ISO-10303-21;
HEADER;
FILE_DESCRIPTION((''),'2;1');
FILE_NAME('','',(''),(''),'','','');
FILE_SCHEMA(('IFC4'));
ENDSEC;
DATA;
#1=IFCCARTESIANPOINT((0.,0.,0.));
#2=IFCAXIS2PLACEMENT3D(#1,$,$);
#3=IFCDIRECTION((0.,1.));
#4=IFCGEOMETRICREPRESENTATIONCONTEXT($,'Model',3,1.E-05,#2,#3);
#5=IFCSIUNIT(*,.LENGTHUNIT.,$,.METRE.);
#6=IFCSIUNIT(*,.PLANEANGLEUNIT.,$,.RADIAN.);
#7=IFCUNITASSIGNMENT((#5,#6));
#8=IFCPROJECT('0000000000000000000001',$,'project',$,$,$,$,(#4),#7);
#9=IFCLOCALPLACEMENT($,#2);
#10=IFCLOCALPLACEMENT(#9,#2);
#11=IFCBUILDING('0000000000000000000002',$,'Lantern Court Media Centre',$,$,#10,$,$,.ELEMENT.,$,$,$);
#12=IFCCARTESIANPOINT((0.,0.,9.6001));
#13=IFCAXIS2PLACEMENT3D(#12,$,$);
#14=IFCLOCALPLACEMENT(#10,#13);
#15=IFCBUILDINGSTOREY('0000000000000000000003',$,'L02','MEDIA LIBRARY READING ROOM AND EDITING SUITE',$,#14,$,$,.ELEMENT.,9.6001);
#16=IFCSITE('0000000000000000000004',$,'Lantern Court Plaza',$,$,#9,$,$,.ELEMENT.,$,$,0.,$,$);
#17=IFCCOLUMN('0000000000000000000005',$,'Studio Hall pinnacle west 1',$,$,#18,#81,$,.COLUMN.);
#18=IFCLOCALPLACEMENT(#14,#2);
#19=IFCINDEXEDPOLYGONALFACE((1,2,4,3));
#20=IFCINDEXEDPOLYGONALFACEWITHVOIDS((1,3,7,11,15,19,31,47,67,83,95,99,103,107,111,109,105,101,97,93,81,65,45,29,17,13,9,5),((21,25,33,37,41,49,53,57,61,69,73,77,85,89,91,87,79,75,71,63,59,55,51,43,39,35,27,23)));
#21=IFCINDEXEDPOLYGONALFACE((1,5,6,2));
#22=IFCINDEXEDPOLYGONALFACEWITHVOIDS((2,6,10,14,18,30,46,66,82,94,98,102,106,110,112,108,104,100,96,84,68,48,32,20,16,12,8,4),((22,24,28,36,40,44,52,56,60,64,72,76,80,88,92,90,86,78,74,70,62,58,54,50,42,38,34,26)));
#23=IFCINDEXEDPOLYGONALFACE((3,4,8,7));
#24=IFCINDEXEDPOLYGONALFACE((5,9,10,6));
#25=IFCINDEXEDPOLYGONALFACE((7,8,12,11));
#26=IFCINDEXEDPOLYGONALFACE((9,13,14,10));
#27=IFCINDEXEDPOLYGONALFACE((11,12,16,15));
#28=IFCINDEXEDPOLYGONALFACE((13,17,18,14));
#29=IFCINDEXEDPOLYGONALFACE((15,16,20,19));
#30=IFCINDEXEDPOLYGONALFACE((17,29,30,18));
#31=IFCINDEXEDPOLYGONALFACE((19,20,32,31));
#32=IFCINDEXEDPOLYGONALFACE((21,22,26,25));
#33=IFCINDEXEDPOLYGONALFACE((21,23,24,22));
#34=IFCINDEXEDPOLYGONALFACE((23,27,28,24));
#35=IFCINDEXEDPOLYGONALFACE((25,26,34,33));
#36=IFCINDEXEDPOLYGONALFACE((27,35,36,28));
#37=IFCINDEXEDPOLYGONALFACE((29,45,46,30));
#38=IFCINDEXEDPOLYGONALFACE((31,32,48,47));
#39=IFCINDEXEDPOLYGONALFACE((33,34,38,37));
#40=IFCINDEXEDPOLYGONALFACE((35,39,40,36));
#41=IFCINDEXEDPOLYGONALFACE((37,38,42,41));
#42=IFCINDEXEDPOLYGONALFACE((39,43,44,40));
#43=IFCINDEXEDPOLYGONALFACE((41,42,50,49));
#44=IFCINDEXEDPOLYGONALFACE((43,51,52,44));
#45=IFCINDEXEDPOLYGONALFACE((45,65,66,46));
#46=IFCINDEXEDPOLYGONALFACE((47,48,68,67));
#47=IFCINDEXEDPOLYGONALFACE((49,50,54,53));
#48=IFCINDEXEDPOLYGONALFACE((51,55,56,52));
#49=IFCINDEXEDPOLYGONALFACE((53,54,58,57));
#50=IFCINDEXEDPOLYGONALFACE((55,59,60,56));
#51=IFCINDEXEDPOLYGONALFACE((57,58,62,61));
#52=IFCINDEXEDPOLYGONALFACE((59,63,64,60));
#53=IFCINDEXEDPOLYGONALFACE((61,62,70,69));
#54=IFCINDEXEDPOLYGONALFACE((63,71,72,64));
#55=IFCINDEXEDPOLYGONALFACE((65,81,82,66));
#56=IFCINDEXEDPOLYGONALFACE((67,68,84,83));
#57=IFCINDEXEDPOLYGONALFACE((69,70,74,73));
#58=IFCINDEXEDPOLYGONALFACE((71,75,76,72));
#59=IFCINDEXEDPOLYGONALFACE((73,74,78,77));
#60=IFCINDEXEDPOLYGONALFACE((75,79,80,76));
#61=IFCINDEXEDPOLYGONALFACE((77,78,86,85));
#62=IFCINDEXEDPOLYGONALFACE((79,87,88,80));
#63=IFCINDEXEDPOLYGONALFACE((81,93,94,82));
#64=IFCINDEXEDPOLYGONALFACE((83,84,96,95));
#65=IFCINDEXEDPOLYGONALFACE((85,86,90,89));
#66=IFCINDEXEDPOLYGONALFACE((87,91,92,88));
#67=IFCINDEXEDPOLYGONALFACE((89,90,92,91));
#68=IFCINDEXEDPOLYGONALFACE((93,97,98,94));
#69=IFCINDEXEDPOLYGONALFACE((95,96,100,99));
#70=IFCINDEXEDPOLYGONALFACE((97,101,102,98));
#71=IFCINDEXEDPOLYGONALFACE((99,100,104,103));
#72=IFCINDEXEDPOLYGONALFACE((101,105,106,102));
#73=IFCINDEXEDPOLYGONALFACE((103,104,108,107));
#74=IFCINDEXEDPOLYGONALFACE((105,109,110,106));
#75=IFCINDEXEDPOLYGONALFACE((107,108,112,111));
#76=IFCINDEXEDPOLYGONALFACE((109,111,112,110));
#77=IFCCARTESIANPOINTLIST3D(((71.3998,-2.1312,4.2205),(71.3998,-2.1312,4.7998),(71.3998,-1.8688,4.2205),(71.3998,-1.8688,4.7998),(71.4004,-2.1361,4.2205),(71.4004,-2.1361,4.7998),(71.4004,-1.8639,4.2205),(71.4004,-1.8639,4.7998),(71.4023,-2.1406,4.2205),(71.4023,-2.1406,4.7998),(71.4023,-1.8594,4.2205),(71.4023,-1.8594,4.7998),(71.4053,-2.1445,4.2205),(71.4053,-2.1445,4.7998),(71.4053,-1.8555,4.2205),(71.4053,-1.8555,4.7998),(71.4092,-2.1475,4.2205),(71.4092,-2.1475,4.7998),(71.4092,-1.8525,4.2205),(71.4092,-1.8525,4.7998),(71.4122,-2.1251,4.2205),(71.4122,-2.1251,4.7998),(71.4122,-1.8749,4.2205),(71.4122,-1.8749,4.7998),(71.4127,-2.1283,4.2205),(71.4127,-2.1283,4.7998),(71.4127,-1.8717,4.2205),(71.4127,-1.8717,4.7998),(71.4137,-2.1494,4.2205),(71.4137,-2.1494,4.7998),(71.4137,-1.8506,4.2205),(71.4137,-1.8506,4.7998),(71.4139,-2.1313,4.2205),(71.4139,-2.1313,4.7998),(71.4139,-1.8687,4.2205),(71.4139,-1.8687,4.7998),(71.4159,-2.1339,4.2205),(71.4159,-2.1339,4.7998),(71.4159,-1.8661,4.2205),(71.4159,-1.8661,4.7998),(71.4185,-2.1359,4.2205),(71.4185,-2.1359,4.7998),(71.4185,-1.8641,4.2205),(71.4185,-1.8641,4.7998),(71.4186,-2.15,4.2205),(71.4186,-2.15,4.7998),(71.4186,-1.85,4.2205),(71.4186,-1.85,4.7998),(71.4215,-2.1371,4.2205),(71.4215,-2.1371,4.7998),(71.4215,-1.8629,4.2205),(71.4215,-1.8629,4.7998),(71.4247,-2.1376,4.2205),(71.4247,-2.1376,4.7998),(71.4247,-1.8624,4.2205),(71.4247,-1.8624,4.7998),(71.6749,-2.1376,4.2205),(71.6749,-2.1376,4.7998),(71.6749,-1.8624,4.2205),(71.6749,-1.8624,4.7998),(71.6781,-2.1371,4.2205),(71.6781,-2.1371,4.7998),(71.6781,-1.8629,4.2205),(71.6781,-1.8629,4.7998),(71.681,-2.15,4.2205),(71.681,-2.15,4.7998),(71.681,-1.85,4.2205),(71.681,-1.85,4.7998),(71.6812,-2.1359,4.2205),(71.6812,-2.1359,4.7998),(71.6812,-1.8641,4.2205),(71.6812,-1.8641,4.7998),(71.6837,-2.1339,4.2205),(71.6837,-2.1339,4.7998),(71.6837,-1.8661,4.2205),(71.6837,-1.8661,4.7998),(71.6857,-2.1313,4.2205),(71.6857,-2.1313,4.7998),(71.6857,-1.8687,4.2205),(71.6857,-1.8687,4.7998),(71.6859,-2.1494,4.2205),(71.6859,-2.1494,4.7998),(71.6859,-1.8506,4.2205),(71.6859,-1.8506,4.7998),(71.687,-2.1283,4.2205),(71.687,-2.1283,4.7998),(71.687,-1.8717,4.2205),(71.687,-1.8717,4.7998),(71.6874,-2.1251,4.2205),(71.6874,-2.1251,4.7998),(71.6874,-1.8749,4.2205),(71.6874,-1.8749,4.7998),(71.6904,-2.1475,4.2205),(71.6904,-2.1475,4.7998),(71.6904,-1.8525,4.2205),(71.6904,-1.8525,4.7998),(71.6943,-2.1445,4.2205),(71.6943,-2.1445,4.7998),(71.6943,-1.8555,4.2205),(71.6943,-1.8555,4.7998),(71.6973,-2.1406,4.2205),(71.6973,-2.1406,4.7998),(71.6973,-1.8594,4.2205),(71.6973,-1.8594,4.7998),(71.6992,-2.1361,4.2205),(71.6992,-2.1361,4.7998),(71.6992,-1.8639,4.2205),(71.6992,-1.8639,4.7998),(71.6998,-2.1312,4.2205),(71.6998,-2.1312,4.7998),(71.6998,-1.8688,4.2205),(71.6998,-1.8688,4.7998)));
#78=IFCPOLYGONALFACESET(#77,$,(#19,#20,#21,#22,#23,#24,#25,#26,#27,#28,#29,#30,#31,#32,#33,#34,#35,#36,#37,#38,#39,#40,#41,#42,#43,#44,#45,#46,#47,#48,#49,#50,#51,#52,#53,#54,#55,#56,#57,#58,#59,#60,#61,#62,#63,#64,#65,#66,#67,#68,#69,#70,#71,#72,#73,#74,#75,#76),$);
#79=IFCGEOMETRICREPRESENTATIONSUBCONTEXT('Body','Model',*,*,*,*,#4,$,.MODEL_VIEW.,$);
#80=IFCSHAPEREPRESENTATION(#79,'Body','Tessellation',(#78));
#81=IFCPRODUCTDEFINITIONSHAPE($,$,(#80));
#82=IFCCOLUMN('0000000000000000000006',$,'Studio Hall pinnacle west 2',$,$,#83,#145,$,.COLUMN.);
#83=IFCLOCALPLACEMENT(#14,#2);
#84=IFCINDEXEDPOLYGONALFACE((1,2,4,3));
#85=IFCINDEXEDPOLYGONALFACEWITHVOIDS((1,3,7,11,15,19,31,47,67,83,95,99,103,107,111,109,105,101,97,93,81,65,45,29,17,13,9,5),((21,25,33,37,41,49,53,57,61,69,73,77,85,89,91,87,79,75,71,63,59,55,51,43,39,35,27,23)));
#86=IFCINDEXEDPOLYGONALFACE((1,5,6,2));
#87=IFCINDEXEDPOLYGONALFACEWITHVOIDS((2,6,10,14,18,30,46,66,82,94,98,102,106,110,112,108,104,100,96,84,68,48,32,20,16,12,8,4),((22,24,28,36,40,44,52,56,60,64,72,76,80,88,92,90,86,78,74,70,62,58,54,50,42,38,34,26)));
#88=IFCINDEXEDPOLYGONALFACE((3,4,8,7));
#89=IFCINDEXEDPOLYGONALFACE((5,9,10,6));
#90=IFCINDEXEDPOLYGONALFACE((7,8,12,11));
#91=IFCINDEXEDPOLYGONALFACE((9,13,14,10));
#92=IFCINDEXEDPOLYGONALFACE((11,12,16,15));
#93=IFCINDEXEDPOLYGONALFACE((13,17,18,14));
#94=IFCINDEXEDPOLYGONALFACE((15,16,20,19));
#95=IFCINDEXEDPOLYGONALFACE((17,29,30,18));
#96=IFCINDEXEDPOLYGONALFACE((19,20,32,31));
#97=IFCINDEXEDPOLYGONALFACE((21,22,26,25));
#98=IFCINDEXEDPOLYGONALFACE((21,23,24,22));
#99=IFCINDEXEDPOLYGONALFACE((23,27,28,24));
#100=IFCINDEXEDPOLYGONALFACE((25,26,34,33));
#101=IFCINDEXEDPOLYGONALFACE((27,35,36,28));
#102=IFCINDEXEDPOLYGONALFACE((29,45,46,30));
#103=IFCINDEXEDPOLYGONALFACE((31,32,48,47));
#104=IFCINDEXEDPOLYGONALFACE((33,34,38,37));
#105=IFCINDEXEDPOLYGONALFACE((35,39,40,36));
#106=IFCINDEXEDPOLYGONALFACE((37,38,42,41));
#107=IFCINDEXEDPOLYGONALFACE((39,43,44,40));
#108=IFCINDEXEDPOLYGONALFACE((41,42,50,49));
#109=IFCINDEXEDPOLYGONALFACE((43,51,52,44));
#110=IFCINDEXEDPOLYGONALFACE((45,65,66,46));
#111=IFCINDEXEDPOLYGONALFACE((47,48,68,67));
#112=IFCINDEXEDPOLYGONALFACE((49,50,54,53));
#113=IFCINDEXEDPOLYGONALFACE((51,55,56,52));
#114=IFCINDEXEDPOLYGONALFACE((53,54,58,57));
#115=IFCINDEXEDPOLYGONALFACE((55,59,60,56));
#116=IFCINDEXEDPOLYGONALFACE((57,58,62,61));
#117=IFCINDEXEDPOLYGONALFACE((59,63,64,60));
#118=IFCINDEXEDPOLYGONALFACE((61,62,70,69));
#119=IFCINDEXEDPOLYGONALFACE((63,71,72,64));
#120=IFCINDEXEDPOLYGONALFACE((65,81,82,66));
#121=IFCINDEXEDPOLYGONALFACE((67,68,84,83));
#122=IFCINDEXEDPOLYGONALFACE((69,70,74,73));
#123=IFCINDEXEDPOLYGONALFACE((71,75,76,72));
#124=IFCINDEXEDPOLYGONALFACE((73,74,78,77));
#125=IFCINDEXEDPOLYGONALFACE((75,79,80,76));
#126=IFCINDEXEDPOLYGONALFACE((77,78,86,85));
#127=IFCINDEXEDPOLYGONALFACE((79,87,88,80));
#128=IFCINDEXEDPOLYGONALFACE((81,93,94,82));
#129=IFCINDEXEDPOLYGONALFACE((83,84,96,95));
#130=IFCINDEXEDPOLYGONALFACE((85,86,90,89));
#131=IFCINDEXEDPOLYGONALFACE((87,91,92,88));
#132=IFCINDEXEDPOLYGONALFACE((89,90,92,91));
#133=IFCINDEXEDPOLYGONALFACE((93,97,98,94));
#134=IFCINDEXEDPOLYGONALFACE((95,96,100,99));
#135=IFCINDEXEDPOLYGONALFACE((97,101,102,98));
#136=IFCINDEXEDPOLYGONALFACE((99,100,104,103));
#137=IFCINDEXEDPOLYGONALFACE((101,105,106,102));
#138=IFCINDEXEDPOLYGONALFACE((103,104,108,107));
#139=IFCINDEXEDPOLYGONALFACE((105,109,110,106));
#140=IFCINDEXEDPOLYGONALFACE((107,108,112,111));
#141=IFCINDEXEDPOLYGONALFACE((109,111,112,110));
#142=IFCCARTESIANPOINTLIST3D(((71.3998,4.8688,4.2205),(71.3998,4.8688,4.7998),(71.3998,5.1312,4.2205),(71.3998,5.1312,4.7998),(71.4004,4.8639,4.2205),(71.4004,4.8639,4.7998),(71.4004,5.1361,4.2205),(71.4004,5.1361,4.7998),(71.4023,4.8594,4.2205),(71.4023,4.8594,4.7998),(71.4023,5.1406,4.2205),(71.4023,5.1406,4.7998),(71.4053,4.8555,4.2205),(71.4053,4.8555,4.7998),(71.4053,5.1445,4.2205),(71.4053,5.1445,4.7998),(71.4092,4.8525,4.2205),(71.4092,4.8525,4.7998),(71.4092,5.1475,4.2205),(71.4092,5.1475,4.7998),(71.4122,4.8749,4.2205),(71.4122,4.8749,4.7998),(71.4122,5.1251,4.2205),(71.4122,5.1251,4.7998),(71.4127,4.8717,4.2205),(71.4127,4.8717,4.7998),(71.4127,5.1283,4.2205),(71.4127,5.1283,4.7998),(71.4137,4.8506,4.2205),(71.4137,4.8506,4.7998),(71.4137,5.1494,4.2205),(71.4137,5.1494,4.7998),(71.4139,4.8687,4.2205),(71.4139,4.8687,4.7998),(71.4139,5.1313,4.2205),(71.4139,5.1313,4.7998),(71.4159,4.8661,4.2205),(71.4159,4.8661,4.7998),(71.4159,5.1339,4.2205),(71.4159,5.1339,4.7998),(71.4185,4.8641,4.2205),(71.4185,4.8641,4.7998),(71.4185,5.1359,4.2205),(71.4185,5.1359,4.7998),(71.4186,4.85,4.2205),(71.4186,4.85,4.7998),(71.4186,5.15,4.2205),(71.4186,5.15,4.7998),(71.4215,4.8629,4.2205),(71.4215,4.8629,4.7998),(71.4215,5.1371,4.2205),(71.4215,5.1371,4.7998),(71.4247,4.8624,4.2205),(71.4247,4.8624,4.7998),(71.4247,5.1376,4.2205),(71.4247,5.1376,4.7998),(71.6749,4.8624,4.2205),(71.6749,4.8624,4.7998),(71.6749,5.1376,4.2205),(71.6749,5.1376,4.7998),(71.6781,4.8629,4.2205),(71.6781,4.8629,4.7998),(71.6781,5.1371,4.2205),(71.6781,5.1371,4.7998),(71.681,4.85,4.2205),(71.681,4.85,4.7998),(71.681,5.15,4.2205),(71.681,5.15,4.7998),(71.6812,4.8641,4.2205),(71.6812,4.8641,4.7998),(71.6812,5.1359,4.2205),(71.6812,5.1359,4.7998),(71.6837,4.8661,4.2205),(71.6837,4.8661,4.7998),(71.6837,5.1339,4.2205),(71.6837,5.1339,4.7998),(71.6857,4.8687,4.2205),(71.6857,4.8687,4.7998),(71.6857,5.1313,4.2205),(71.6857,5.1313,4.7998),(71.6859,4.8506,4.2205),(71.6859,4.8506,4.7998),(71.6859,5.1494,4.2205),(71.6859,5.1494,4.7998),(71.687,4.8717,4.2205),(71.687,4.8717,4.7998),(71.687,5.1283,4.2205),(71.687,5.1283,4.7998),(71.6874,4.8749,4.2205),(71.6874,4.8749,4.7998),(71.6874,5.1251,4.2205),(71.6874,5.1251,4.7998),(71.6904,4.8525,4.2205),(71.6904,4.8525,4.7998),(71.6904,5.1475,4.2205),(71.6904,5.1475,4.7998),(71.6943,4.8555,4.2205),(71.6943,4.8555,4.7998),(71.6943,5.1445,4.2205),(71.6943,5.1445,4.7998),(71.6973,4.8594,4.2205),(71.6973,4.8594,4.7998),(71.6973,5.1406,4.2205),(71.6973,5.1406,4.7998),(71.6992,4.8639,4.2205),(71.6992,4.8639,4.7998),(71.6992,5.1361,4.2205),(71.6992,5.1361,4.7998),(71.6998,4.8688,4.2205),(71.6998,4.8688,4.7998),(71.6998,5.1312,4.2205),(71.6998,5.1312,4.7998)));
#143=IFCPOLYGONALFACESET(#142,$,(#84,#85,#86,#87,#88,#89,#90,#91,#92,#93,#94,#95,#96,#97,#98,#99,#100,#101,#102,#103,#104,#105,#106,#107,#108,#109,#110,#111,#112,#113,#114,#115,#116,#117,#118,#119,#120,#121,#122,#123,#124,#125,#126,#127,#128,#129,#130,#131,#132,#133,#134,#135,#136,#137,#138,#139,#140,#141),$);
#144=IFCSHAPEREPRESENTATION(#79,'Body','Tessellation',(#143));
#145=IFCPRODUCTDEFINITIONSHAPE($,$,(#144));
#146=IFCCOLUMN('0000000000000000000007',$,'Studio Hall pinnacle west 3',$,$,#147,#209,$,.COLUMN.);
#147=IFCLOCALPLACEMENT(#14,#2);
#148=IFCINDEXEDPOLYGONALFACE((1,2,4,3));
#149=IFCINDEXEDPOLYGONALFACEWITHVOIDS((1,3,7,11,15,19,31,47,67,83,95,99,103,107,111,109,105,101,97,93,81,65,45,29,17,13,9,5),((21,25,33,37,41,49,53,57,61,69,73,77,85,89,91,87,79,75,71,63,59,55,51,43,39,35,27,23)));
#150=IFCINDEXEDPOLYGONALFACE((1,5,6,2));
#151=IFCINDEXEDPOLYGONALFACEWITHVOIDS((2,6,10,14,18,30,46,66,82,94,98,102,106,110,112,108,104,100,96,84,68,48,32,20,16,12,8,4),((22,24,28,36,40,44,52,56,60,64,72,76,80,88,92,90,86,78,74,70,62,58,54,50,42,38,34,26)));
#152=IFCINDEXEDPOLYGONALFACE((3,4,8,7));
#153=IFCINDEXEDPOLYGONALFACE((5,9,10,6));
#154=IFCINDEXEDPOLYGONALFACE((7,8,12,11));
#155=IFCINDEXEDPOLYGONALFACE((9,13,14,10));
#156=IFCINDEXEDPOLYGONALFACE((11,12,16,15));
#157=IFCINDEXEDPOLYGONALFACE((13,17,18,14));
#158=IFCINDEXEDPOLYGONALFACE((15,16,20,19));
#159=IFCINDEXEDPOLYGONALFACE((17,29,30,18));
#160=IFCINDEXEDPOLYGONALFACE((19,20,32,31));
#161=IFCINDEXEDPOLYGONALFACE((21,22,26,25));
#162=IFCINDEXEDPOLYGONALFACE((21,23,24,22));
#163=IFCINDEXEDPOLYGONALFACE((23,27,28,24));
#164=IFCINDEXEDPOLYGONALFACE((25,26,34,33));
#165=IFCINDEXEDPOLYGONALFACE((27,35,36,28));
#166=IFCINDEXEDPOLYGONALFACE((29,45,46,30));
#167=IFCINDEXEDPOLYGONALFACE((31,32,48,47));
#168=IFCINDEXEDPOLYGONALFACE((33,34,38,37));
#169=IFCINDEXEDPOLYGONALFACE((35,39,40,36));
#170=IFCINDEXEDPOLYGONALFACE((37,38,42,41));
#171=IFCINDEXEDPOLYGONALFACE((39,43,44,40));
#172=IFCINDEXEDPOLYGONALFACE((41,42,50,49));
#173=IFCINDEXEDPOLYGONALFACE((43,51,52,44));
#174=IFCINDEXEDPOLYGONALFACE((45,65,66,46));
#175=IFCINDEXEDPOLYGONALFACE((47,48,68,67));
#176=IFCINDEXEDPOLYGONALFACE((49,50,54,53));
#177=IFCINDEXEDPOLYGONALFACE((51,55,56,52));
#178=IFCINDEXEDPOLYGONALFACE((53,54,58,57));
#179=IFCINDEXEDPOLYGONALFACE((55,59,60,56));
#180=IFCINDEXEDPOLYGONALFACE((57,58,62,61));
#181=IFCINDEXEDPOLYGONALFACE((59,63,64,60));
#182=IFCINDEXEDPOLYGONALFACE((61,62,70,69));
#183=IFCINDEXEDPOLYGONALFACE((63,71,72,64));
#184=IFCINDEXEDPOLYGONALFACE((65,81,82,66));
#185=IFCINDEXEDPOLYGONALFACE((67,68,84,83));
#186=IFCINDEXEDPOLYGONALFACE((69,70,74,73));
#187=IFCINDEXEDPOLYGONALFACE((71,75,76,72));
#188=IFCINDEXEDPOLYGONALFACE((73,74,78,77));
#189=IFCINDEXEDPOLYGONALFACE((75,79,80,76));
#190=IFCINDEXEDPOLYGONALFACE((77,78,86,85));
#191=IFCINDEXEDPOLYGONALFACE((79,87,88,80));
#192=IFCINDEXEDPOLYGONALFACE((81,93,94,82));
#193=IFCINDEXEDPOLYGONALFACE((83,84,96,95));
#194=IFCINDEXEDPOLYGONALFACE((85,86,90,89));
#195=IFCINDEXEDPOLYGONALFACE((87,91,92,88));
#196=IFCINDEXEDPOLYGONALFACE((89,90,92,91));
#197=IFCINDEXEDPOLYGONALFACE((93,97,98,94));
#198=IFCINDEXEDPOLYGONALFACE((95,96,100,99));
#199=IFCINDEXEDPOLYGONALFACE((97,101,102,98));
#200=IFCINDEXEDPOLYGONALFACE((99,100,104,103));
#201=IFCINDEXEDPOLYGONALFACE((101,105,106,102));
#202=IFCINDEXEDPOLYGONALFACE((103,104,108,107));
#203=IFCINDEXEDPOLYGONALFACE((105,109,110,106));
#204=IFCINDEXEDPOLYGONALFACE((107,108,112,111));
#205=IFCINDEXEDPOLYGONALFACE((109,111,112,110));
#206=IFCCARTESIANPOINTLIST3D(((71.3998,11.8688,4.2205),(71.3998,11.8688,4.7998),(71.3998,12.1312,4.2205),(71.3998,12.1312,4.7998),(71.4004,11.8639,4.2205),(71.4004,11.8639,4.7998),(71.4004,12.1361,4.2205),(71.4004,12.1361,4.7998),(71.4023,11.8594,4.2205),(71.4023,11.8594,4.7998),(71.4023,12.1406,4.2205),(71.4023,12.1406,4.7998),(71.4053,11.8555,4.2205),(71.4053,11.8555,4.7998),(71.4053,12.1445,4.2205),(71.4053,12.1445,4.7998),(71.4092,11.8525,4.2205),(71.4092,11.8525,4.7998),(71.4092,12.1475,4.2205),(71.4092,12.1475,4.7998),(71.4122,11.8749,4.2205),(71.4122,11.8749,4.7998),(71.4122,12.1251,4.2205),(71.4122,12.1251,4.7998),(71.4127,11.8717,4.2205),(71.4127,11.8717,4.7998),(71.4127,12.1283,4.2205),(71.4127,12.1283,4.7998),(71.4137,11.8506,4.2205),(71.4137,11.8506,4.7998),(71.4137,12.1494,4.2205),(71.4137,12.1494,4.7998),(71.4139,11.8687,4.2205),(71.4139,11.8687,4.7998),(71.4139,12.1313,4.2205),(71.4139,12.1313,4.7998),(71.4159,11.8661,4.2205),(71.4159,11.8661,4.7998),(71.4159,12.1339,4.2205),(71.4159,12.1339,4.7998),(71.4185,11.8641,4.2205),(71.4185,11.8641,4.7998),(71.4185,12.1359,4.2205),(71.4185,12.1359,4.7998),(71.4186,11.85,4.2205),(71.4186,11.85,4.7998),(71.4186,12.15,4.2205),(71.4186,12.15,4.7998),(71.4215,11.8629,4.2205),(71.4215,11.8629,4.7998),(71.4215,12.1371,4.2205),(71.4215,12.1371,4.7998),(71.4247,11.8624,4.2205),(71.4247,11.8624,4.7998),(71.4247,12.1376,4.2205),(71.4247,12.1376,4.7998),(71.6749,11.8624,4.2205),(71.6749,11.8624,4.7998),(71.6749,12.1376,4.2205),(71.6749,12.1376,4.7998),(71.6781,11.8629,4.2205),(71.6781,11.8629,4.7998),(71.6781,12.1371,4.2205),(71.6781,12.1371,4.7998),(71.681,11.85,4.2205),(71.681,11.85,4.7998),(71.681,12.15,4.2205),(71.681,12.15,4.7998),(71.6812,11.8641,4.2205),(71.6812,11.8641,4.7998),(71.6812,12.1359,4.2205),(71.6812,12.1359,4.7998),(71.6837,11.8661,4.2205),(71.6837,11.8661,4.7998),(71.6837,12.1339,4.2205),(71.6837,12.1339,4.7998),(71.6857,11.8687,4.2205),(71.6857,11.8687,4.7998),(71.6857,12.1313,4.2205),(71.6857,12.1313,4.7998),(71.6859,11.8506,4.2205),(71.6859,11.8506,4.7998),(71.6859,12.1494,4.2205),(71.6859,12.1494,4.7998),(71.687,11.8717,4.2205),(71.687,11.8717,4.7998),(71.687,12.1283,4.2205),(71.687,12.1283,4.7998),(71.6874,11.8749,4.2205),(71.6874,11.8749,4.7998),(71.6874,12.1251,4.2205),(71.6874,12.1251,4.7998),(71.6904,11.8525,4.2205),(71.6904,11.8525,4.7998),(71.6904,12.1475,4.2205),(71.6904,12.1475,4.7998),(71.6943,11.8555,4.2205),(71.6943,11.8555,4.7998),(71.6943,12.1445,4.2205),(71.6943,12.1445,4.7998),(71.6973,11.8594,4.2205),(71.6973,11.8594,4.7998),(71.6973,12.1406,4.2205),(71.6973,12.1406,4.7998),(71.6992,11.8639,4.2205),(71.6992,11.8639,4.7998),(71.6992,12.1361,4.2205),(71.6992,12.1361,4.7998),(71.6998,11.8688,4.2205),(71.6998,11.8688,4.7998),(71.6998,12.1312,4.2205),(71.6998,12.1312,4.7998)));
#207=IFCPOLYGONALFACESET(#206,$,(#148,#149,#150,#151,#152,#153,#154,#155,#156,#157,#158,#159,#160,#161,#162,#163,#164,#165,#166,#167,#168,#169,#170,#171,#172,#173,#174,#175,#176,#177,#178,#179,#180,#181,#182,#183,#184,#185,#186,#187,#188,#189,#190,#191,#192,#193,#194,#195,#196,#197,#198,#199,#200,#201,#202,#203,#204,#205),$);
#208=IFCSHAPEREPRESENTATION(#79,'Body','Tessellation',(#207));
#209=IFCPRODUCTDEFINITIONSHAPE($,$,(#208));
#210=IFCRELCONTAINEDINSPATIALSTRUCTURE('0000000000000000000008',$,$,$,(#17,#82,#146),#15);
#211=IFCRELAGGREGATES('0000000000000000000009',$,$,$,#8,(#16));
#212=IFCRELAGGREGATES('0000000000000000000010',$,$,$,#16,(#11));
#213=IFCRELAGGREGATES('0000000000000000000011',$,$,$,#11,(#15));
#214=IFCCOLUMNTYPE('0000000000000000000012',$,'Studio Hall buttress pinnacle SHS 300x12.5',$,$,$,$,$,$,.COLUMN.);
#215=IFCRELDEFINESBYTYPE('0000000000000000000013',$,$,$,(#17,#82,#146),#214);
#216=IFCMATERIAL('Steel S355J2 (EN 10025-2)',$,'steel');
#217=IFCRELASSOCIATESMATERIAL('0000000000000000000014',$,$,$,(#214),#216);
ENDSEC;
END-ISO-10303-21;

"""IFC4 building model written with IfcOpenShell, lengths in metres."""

from ifc_helpers import new_model, si_unit, direction, frame, origin, origin_2d, place, context, subcontext, project, spatial, hollow_rectangle, extrude, material, material_profile, profile_set, type_object, element, save


model = new_model("IFC4")

# Units and contexts
model_context = context("Model", 3, precision=1e-05, world=origin(), true_north=direction((0.0, 1.0)))
body_context = subcontext(model_context, "Body", "Model", "MODEL_VIEW")
ifc_project = project(units=[si_unit("LENGTHUNIT", "METRE"), si_unit("PLANEANGLEUNIT", "RADIAN")], contexts=[model_context])

# Site, building, storey
site_placement = place(None, origin())
site = spatial("IfcSite", under=ifc_project, at=site_placement, Name="Lantern Court Plaza", CompositionType="ELEMENT", RefElevation=0.0)
building_placement = place(site_placement, origin())
building = spatial("IfcBuilding", under=site, at=building_placement, Name="Lantern Court Media Centre", CompositionType="ELEMENT")
storey_placement = place(building_placement, frame((0.0, 0.0, 9.6001)))
storey = spatial("IfcBuildingStorey", under=building, at=storey_placement, Name="L02", Description="MEDIA LIBRARY READING ROOM AND EDITING SUITE", CompositionType="ELEMENT", Elevation=9.6001)

# Columns
ifc_material_1 = material(Name="Steel S355J2 (EN 10025-2)", Category="steel")
ifc_material_profile_1 = material_profile(ifc_material_1, hollow_rectangle(XDim=0.3, YDim=0.3, WallThickness=0.0125, InnerFilletRadius=0.0125, OuterFilletRadius=0.0188, at=origin_2d()), Name="Studio Hall buttress pinnacle SHS 300x12.5")
ifc_profile_set_1 = profile_set([ifc_material_profile_1], Name="Steel S355J2 (EN 10025-2)")
column_type_1 = type_object("IfcColumnType", Name="Studio Hall buttress pinnacle SHS 300x12.5", PredefinedType="COLUMN", material=ifc_profile_set_1)
for number, where, z_axis, x_axis, name in (
    (1, (71.5498, -2.0, 4.2205), (0.0, 0.0, 1.0), (1.0, 0.0, 0.0), "Studio Hall pinnacle west 1"),
    (2, (71.5498, 5.0, 4.2205), (0.0, 0.0, 1.0), (1.0, 0.0, 0.0), "Studio Hall pinnacle west 2"),
    (3, (71.5498, 12.0, 4.2205), (0.0, 0.0, 1.0), (1.0, 0.0, 0.0), "Studio Hall pinnacle west 3"),
):
    element("IfcColumn", number, at=place(storey_placement, frame(where, z_axis=z_axis, x_axis=x_axis)), inside=storey, type_object=column_type_1, Name=name, PredefinedType="COLUMN", context=body_context, shape_type="SweptSolid", body=[
        extrude(hollow_rectangle(XDim=0.3, YDim=0.3, WallThickness=0.0125, InnerFilletRadius=0.0125, OuterFilletRadius=0.0188, at=origin_2d()), origin(), (0.0, 0.0, 1.0), 0.5793),
    ])

save(model, "model.ifc")
